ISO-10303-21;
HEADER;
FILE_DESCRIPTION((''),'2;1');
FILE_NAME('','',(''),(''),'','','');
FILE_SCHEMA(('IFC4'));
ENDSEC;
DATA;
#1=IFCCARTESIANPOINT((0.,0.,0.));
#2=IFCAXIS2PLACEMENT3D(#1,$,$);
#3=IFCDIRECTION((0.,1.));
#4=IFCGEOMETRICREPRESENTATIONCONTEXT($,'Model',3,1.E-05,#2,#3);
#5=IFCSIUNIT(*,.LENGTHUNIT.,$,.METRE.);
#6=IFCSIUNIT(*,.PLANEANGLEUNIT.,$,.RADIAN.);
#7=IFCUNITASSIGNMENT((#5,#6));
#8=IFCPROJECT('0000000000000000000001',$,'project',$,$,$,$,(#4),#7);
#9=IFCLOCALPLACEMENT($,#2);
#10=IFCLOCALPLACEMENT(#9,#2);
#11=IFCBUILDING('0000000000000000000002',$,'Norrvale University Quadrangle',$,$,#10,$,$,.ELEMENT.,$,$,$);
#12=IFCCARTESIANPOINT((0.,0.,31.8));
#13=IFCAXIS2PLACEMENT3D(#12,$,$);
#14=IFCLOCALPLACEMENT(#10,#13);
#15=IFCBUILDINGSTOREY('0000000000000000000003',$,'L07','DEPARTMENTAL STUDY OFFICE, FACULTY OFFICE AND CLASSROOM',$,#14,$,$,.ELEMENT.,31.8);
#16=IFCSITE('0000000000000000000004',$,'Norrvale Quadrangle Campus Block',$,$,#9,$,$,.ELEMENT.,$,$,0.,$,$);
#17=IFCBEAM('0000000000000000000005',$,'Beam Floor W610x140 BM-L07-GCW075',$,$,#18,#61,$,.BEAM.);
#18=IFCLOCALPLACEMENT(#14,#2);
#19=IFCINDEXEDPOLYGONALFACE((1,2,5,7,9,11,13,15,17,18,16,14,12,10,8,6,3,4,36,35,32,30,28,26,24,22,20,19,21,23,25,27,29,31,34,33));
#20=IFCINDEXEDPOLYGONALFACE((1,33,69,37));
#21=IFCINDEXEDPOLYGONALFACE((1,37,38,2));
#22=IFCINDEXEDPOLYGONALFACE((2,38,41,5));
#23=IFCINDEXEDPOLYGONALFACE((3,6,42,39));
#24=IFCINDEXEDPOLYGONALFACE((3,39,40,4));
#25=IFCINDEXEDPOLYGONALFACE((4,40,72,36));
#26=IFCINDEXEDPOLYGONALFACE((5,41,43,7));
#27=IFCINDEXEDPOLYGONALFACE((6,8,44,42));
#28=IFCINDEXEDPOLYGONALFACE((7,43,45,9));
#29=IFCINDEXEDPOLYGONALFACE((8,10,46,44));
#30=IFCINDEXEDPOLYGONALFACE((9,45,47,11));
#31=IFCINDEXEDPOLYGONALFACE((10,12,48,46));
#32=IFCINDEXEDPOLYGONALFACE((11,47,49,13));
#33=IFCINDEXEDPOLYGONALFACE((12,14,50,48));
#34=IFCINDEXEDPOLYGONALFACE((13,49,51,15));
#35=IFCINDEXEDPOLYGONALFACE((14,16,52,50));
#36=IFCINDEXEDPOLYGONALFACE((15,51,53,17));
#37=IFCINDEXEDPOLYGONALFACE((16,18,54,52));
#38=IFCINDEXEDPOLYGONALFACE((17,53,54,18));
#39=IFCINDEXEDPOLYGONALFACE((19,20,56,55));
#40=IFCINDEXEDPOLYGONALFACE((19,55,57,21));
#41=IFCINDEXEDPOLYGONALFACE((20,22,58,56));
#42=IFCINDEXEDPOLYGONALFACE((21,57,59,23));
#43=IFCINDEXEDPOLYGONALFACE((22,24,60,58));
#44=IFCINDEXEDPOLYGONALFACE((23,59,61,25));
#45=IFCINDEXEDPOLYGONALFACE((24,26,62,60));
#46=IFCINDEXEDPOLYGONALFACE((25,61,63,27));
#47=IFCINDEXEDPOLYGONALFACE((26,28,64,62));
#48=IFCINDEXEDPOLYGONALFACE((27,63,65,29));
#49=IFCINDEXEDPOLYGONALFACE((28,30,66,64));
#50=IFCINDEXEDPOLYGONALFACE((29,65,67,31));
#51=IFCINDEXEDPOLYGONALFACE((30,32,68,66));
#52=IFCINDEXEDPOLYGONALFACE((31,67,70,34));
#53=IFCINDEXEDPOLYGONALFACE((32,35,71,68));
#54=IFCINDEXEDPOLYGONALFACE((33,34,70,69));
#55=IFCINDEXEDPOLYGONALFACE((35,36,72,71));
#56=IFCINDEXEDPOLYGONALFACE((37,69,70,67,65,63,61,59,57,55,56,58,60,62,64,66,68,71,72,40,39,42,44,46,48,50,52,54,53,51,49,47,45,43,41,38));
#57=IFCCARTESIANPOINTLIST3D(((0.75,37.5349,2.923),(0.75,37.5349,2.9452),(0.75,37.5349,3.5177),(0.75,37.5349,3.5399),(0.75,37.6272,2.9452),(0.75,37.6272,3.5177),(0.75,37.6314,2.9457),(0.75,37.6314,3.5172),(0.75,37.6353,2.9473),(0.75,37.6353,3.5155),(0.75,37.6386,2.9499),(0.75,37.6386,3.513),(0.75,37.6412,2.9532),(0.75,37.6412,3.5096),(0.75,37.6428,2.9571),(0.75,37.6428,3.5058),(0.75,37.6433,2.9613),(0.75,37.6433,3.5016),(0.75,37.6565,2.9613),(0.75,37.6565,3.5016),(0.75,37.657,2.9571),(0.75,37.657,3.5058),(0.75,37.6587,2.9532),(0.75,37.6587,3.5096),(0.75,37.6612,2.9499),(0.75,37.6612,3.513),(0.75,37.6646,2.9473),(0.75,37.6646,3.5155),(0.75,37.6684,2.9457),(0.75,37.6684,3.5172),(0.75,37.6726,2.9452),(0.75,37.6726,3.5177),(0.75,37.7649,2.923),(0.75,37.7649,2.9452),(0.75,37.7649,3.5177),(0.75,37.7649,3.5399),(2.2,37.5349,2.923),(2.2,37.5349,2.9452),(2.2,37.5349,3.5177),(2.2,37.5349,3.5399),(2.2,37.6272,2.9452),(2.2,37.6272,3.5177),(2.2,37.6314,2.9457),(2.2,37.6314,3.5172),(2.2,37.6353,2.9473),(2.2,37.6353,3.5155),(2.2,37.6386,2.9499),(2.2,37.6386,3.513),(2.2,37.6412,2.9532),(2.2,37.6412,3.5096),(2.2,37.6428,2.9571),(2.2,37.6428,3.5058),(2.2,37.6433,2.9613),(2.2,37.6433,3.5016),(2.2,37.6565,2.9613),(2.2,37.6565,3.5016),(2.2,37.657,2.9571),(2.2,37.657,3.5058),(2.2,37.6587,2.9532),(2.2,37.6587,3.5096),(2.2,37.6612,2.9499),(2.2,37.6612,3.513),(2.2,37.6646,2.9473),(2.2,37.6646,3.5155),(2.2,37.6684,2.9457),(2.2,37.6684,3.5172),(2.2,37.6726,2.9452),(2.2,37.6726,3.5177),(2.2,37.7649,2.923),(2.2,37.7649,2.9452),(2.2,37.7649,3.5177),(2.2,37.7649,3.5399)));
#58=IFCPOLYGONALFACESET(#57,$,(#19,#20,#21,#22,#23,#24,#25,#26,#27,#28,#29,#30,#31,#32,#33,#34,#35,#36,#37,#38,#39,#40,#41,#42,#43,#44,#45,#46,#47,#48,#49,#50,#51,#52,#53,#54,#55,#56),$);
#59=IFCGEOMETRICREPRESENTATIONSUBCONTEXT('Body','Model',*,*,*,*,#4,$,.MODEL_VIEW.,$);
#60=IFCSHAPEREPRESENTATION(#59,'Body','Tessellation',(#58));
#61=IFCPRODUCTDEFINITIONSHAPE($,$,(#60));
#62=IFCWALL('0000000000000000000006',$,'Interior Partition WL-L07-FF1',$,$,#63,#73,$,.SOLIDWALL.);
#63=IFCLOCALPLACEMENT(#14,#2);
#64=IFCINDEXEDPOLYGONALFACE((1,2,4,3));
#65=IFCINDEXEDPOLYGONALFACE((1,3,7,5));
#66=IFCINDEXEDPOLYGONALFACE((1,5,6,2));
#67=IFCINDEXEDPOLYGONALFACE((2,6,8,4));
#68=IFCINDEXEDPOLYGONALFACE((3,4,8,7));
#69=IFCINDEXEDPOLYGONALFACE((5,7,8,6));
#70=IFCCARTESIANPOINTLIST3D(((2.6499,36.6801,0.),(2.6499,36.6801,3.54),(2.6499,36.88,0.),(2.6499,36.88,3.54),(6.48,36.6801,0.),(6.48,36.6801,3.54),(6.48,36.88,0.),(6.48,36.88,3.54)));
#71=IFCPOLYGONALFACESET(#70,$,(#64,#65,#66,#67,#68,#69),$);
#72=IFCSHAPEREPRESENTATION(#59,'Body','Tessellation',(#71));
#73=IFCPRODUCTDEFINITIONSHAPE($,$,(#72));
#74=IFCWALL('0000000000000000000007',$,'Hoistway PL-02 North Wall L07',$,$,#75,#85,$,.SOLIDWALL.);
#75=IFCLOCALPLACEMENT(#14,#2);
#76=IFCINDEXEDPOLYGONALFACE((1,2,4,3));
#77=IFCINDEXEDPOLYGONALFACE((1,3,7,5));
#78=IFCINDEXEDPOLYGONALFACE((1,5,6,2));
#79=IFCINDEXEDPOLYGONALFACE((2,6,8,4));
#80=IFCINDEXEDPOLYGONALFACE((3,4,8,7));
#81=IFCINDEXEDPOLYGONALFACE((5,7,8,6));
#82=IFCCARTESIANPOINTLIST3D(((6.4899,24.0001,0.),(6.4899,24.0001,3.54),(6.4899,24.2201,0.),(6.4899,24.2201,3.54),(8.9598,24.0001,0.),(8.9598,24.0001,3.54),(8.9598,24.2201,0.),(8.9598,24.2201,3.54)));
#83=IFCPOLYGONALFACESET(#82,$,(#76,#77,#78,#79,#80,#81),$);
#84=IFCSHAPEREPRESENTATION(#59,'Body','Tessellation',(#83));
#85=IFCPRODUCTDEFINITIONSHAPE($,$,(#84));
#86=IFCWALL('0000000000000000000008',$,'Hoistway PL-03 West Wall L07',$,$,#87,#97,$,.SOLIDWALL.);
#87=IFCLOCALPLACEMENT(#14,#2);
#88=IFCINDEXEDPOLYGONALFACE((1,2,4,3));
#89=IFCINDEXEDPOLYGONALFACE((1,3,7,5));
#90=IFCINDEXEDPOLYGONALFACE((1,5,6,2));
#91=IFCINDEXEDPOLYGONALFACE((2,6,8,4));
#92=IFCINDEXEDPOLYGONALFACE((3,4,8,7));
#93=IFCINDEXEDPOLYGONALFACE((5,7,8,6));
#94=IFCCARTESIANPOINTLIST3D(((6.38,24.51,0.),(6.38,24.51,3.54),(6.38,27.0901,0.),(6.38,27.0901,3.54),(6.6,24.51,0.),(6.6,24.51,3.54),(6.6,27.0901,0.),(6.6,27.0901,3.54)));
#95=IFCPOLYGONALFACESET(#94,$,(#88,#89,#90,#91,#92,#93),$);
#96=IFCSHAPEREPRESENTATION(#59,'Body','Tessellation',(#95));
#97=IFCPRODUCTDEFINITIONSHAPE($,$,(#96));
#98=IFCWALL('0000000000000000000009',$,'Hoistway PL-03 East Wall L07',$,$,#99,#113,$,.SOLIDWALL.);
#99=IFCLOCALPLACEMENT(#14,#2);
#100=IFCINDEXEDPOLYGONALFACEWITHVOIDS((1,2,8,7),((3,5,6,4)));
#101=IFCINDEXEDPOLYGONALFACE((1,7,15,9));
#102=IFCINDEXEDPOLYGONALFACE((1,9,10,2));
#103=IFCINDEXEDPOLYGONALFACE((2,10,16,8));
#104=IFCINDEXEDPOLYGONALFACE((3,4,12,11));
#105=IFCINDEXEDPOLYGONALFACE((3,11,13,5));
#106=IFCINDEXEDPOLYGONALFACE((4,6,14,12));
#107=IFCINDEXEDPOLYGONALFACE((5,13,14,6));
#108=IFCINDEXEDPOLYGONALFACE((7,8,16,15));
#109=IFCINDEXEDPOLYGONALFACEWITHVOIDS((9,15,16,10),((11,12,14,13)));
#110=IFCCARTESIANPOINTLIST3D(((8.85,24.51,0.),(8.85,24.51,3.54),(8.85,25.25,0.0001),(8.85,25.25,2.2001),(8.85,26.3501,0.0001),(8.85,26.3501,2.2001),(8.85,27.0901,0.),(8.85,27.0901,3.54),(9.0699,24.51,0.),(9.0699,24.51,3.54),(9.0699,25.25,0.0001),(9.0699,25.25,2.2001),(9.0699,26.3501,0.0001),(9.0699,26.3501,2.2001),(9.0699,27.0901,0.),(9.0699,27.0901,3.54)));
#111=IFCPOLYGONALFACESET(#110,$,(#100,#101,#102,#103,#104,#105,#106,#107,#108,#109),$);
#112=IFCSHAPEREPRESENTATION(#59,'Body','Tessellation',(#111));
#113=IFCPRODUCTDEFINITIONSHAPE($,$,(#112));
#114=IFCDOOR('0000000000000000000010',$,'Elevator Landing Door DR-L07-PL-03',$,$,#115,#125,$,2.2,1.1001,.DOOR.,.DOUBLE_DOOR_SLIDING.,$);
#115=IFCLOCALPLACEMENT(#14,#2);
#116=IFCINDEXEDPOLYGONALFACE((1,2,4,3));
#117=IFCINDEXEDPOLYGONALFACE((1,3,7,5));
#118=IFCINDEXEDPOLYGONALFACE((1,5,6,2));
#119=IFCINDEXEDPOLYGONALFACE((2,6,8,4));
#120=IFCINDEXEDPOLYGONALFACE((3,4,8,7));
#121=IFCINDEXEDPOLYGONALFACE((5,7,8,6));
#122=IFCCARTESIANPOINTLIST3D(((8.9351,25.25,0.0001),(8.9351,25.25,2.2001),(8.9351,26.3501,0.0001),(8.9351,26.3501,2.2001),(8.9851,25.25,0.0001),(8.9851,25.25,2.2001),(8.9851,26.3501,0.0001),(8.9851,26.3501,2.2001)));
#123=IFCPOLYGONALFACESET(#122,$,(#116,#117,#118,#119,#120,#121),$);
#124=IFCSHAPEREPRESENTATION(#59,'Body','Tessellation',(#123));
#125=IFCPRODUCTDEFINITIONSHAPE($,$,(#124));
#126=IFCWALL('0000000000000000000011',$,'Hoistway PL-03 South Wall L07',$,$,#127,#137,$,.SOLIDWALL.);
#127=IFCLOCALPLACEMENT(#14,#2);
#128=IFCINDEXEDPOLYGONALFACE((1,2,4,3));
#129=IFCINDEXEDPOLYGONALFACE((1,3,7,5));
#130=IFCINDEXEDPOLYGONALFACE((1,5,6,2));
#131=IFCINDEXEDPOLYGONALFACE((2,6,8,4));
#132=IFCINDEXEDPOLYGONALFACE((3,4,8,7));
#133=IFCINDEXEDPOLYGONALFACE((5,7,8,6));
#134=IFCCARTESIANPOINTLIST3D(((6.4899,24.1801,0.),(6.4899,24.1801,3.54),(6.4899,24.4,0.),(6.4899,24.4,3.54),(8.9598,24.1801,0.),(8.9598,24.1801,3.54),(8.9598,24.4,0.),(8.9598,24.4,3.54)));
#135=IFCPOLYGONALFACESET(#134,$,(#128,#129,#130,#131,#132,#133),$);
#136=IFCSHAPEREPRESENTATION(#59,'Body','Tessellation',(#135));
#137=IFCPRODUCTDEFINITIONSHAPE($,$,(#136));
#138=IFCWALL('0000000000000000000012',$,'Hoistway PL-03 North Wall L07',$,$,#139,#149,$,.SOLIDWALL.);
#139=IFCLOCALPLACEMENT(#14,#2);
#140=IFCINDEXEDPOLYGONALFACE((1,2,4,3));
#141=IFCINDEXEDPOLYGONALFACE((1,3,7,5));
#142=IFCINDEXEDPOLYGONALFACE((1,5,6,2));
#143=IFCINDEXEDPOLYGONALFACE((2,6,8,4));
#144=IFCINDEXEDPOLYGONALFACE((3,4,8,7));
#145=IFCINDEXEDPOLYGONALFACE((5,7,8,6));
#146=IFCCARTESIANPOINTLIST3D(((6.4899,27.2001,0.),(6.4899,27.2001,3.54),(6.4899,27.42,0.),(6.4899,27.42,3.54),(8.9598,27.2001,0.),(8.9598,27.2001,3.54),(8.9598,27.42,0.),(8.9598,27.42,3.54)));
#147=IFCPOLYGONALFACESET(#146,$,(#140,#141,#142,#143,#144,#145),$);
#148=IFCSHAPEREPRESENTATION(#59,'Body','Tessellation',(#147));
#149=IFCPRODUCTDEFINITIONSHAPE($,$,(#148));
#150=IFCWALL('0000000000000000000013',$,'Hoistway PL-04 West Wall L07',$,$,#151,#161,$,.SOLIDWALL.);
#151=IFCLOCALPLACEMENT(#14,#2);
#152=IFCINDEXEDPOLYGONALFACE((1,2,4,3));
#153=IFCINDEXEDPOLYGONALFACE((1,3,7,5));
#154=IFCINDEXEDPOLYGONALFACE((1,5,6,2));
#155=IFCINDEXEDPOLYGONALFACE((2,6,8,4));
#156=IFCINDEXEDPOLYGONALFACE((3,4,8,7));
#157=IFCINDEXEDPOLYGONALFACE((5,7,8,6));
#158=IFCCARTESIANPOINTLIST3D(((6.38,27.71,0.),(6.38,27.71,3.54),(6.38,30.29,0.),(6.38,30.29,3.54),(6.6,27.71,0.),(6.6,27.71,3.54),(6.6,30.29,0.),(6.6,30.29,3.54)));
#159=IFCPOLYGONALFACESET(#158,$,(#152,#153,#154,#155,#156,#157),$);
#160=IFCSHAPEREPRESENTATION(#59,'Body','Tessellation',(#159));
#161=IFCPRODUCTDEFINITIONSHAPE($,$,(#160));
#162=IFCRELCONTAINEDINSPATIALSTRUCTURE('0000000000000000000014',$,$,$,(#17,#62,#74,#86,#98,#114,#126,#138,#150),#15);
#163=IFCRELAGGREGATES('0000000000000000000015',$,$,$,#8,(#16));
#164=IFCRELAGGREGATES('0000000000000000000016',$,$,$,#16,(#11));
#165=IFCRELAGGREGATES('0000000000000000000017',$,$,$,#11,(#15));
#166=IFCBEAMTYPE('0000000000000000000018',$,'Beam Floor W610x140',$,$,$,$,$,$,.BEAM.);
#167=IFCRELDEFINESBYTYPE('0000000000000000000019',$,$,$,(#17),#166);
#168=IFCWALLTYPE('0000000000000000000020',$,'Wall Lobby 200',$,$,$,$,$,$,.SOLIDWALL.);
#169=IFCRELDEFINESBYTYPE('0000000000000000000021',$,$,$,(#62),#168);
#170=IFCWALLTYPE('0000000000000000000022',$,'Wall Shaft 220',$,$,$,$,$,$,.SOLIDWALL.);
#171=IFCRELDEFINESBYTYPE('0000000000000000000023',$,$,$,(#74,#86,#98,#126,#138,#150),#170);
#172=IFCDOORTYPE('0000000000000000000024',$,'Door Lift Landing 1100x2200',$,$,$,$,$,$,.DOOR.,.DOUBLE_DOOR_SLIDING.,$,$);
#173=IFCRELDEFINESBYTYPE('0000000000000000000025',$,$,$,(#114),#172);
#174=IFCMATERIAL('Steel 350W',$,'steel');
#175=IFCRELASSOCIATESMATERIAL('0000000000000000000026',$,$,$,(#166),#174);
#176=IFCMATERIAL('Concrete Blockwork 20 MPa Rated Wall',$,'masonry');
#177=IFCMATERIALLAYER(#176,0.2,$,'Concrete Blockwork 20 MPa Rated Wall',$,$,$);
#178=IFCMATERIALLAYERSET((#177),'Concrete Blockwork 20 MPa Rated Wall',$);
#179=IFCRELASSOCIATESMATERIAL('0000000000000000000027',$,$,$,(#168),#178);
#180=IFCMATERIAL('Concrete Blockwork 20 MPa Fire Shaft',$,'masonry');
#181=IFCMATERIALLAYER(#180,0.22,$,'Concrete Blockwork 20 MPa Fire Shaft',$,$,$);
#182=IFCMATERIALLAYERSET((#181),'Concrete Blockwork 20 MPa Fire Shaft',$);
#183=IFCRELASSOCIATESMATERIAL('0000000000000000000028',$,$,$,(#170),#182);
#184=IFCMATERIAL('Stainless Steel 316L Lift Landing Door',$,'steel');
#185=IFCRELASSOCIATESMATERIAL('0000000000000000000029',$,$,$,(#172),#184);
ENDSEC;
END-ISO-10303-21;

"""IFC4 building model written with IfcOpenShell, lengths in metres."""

from ifc_helpers import new_model, si_unit, direction, frame, frame_2d, origin, origin_2d, place, context, subcontext, project, spatial, rectangle, i_section, extrude, material, layer, layer_set, material_profile, profile_set, type_object, element, fill, save


model = new_model("IFC4")

# Units and contexts
model_context = context("Model", 3, precision=1e-05, world=origin(), true_north=direction((0.0, 1.0)))
body_context = subcontext(model_context, "Body", "Model", "MODEL_VIEW")
ifc_project = project(units=[si_unit("LENGTHUNIT", "METRE"), si_unit("PLANEANGLEUNIT", "RADIAN")], contexts=[model_context])

# Site, building, storey
site_placement = place(None, origin())
site = spatial("IfcSite", under=ifc_project, at=site_placement, Name="Norrvale Quadrangle Campus Block", CompositionType="ELEMENT", RefElevation=0.0)
building_placement = place(site_placement, origin())
building = spatial("IfcBuilding", under=site, at=building_placement, Name="Norrvale University Quadrangle", CompositionType="ELEMENT")
storey_placement = place(building_placement, frame((0.0, 0.0, 31.8)))
storey = spatial("IfcBuildingStorey", under=building, at=storey_placement, Name="L07", Description="DEPARTMENTAL STUDY OFFICE, FACULTY OFFICE AND CLASSROOM", CompositionType="ELEMENT", Elevation=31.8)

# Beam
ifc_material_1 = material(Name="Steel 350W", Category="steel")
ifc_material_profile_1 = material_profile(ifc_material_1, i_section(OverallWidth=0.23, OverallDepth=0.6169, WebThickness=0.0132, FlangeThickness=0.0222, FilletRadius=0.0161, at=origin_2d()), Name="Steel 350W")
ifc_profile_set_1 = profile_set([ifc_material_profile_1], Name="Steel 350W")
beam_type = type_object("IfcBeamType", Name="Beam Floor W610x140", PredefinedType="BEAM", material=ifc_profile_set_1)
for number, where, z_axis, x_axis, name in (
    (1, (0.75, 37.6499, 3.2314), (1.0, 0.0, 0.0), (0.0, 1.0, 0.0), "Beam Floor W610x140 BM-L07-GCW075"),
):
    element("IfcBeam", number, at=place(storey_placement, frame(where, z_axis=z_axis, x_axis=x_axis)), inside=storey, type_object=beam_type, Name=name, PredefinedType="BEAM", context=body_context, shape_type="SweptSolid", body=[
        extrude(i_section(OverallWidth=0.23, OverallDepth=0.6169, WebThickness=0.0132, FlangeThickness=0.0222, FilletRadius=0.0161, at=origin_2d()), origin(), (0.0, 0.0, 1.0), 1.45),
    ])

# Walls
ifc_material_2 = material(Name="Concrete Blockwork 20 MPa Rated Wall", Category="masonry")
ifc_layer_1 = layer(ifc_material_2, 0.2, Name="Concrete Blockwork 20 MPa Rated Wall")
ifc_layer_set_1 = layer_set([ifc_layer_1], Name="Concrete Blockwork 20 MPa Rated Wall")
wall_type_1 = type_object("IfcWallType", Name="Wall Lobby 200", PredefinedType="SOLIDWALL", material=ifc_layer_set_1)
wall_1_placement = place(storey_placement, frame((2.6499, 36.78, 0.0), z_axis=(0.0, 0.0, 1.0), x_axis=(1.0, 0.0, 0.0)))
element("IfcWall", 2, at=wall_1_placement, inside=storey, type_object=wall_type_1, Name="Interior Partition WL-L07-FF1", PredefinedType="SOLIDWALL", context=body_context, shape_type="SweptSolid", body=[
    extrude(rectangle(XDim=3.8301, YDim=0.2, at=frame_2d((1.915, 0.0))), origin(), (0.0, 0.0, 1.0), 3.54),
])
ifc_material_3 = material(Name="Concrete Blockwork 20 MPa Fire Shaft", Category="masonry")
ifc_layer_2 = layer(ifc_material_3, 0.22, Name="Concrete Blockwork 20 MPa Fire Shaft")
ifc_layer_set_2 = layer_set([ifc_layer_2], Name="Concrete Blockwork 20 MPa Fire Shaft")
wall_type_2 = type_object("IfcWallType", Name="Wall Shaft 220", PredefinedType="SOLIDWALL", material=ifc_layer_set_2)
wall_2_placement = place(storey_placement, frame((6.49, 24.1101, 0.0), z_axis=(0.0, 0.0, 1.0), x_axis=(1.0, 0.0, 0.0)))
element("IfcWall", 3, at=wall_2_placement, inside=storey, type_object=wall_type_2, Name="Hoistway PL-02 North Wall L07", PredefinedType="SOLIDWALL", context=body_context, shape_type="SweptSolid", body=[
    extrude(rectangle(XDim=2.47, YDim=0.22, at=frame_2d((1.2349, 0.0))), origin(), (0.0, 0.0, 1.0), 3.54),
])
wall_3_placement = place(storey_placement, frame((6.49, 24.51, 0.0), z_axis=(0.0, 0.0, 1.0), x_axis=(0.0, 1.0, 0.0)))
element("IfcWall", 4, at=wall_3_placement, inside=storey, type_object=wall_type_2, Name="Hoistway PL-03 West Wall L07", PredefinedType="SOLIDWALL", context=body_context, shape_type="SweptSolid", body=[
    extrude(rectangle(XDim=2.5801, YDim=0.22, at=frame_2d((1.29, 0.0))), origin(), (0.0, 0.0, 1.0), 3.54),
])

# Wall, opening, door
wall_4_placement = place(storey_placement, frame((8.96, 24.51, 0.0), z_axis=(0.0, 0.0, 1.0), x_axis=(0.0, 1.0, 0.0)))
wall_4 = element("IfcWall", 5, at=wall_4_placement, inside=storey, type_object=wall_type_2, Name="Hoistway PL-03 East Wall L07", PredefinedType="SOLIDWALL", context=body_context, shape_type="SweptSolid", body=[
    extrude(rectangle(XDim=2.5801, YDim=0.22, at=frame_2d((1.29, 0.0))), origin(), (0.0, 0.0, 1.0), 3.54),
])
opening_1_placement = place(wall_4_placement, frame((0.74, 0.0, 0.0)))
opening_1 = element("IfcOpeningElement", 6, at=opening_1_placement, cuts=wall_4, PredefinedType="OPENING", context=body_context, shape_type="SweptSolid", body=[
    extrude(rectangle(XDim=1.1001, YDim=2.2, at=frame_2d((0.55, 1.1001))), frame((0.0, 0.1221, 0.0), z_axis=(0.0, -1.0, 0.0), x_axis=(1.0, 0.0, 0.0)), (0.0, 0.0, 1.0), 0.2439),
])
ifc_material_4 = material(Name="Stainless Steel 316L Lift Landing Door", Category="steel")
door_type_1 = type_object("IfcDoorType", Name="Door Lift Landing 1100x2200", OperationType="DOUBLE_DOOR_SLIDING", PredefinedType="DOOR", material=ifc_material_4)
door_1_placement = place(opening_1_placement, origin())
door_1 = element("IfcDoor", 7, at=door_1_placement, inside=storey, type_object=door_type_1, Name="Elevator Landing Door DR-L07-PL-03", OperationType="DOUBLE_DOOR_SLIDING", OverallHeight=2.2, OverallWidth=1.1001, PredefinedType="DOOR", context=body_context, shape_type="SweptSolid", body=[
    extrude(rectangle(XDim=1.1001, YDim=2.2, at=frame_2d((0.55, 1.1001))), frame((0.0, 0.0249, 0.0), z_axis=(0.0, -1.0, 0.0), x_axis=(1.0, 0.0, 0.0)), (0.0, 0.0, 1.0), 0.05),
])
fill(opening_1, door_1)

# Walls
for number, where, z_axis, x_axis, name in (
    (8, (6.49, 24.29, 0.0), (0.0, 0.0, 1.0), (1.0, 0.0, 0.0), "Hoistway PL-03 South Wall L07"),
    (9, (6.49, 27.3101, 0.0), (0.0, 0.0, 1.0), (1.0, 0.0, 0.0), "Hoistway PL-03 North Wall L07"),
):
    element("IfcWall", number, at=place(storey_placement, frame(where, z_axis=z_axis, x_axis=x_axis)), inside=storey, type_object=wall_type_2, Name=name, PredefinedType="SOLIDWALL", context=body_context, shape_type="SweptSolid", body=[
        extrude(rectangle(XDim=2.47, YDim=0.22, at=frame_2d((1.2349, 0.0))), origin(), (0.0, 0.0, 1.0), 3.54),
    ])
wall_5_placement = place(storey_placement, frame((6.49, 27.71, 0.0), z_axis=(0.0, 0.0, 1.0), x_axis=(0.0, 1.0, 0.0)))
element("IfcWall", 10, at=wall_5_placement, inside=storey, type_object=wall_type_2, Name="Hoistway PL-04 West Wall L07", PredefinedType="SOLIDWALL", context=body_context, shape_type="SweptSolid", body=[
    extrude(rectangle(XDim=2.5801, YDim=0.22, at=frame_2d((1.29, 0.0))), origin(), (0.0, 0.0, 1.0), 3.54),
])

save(model, "model.ifc")
